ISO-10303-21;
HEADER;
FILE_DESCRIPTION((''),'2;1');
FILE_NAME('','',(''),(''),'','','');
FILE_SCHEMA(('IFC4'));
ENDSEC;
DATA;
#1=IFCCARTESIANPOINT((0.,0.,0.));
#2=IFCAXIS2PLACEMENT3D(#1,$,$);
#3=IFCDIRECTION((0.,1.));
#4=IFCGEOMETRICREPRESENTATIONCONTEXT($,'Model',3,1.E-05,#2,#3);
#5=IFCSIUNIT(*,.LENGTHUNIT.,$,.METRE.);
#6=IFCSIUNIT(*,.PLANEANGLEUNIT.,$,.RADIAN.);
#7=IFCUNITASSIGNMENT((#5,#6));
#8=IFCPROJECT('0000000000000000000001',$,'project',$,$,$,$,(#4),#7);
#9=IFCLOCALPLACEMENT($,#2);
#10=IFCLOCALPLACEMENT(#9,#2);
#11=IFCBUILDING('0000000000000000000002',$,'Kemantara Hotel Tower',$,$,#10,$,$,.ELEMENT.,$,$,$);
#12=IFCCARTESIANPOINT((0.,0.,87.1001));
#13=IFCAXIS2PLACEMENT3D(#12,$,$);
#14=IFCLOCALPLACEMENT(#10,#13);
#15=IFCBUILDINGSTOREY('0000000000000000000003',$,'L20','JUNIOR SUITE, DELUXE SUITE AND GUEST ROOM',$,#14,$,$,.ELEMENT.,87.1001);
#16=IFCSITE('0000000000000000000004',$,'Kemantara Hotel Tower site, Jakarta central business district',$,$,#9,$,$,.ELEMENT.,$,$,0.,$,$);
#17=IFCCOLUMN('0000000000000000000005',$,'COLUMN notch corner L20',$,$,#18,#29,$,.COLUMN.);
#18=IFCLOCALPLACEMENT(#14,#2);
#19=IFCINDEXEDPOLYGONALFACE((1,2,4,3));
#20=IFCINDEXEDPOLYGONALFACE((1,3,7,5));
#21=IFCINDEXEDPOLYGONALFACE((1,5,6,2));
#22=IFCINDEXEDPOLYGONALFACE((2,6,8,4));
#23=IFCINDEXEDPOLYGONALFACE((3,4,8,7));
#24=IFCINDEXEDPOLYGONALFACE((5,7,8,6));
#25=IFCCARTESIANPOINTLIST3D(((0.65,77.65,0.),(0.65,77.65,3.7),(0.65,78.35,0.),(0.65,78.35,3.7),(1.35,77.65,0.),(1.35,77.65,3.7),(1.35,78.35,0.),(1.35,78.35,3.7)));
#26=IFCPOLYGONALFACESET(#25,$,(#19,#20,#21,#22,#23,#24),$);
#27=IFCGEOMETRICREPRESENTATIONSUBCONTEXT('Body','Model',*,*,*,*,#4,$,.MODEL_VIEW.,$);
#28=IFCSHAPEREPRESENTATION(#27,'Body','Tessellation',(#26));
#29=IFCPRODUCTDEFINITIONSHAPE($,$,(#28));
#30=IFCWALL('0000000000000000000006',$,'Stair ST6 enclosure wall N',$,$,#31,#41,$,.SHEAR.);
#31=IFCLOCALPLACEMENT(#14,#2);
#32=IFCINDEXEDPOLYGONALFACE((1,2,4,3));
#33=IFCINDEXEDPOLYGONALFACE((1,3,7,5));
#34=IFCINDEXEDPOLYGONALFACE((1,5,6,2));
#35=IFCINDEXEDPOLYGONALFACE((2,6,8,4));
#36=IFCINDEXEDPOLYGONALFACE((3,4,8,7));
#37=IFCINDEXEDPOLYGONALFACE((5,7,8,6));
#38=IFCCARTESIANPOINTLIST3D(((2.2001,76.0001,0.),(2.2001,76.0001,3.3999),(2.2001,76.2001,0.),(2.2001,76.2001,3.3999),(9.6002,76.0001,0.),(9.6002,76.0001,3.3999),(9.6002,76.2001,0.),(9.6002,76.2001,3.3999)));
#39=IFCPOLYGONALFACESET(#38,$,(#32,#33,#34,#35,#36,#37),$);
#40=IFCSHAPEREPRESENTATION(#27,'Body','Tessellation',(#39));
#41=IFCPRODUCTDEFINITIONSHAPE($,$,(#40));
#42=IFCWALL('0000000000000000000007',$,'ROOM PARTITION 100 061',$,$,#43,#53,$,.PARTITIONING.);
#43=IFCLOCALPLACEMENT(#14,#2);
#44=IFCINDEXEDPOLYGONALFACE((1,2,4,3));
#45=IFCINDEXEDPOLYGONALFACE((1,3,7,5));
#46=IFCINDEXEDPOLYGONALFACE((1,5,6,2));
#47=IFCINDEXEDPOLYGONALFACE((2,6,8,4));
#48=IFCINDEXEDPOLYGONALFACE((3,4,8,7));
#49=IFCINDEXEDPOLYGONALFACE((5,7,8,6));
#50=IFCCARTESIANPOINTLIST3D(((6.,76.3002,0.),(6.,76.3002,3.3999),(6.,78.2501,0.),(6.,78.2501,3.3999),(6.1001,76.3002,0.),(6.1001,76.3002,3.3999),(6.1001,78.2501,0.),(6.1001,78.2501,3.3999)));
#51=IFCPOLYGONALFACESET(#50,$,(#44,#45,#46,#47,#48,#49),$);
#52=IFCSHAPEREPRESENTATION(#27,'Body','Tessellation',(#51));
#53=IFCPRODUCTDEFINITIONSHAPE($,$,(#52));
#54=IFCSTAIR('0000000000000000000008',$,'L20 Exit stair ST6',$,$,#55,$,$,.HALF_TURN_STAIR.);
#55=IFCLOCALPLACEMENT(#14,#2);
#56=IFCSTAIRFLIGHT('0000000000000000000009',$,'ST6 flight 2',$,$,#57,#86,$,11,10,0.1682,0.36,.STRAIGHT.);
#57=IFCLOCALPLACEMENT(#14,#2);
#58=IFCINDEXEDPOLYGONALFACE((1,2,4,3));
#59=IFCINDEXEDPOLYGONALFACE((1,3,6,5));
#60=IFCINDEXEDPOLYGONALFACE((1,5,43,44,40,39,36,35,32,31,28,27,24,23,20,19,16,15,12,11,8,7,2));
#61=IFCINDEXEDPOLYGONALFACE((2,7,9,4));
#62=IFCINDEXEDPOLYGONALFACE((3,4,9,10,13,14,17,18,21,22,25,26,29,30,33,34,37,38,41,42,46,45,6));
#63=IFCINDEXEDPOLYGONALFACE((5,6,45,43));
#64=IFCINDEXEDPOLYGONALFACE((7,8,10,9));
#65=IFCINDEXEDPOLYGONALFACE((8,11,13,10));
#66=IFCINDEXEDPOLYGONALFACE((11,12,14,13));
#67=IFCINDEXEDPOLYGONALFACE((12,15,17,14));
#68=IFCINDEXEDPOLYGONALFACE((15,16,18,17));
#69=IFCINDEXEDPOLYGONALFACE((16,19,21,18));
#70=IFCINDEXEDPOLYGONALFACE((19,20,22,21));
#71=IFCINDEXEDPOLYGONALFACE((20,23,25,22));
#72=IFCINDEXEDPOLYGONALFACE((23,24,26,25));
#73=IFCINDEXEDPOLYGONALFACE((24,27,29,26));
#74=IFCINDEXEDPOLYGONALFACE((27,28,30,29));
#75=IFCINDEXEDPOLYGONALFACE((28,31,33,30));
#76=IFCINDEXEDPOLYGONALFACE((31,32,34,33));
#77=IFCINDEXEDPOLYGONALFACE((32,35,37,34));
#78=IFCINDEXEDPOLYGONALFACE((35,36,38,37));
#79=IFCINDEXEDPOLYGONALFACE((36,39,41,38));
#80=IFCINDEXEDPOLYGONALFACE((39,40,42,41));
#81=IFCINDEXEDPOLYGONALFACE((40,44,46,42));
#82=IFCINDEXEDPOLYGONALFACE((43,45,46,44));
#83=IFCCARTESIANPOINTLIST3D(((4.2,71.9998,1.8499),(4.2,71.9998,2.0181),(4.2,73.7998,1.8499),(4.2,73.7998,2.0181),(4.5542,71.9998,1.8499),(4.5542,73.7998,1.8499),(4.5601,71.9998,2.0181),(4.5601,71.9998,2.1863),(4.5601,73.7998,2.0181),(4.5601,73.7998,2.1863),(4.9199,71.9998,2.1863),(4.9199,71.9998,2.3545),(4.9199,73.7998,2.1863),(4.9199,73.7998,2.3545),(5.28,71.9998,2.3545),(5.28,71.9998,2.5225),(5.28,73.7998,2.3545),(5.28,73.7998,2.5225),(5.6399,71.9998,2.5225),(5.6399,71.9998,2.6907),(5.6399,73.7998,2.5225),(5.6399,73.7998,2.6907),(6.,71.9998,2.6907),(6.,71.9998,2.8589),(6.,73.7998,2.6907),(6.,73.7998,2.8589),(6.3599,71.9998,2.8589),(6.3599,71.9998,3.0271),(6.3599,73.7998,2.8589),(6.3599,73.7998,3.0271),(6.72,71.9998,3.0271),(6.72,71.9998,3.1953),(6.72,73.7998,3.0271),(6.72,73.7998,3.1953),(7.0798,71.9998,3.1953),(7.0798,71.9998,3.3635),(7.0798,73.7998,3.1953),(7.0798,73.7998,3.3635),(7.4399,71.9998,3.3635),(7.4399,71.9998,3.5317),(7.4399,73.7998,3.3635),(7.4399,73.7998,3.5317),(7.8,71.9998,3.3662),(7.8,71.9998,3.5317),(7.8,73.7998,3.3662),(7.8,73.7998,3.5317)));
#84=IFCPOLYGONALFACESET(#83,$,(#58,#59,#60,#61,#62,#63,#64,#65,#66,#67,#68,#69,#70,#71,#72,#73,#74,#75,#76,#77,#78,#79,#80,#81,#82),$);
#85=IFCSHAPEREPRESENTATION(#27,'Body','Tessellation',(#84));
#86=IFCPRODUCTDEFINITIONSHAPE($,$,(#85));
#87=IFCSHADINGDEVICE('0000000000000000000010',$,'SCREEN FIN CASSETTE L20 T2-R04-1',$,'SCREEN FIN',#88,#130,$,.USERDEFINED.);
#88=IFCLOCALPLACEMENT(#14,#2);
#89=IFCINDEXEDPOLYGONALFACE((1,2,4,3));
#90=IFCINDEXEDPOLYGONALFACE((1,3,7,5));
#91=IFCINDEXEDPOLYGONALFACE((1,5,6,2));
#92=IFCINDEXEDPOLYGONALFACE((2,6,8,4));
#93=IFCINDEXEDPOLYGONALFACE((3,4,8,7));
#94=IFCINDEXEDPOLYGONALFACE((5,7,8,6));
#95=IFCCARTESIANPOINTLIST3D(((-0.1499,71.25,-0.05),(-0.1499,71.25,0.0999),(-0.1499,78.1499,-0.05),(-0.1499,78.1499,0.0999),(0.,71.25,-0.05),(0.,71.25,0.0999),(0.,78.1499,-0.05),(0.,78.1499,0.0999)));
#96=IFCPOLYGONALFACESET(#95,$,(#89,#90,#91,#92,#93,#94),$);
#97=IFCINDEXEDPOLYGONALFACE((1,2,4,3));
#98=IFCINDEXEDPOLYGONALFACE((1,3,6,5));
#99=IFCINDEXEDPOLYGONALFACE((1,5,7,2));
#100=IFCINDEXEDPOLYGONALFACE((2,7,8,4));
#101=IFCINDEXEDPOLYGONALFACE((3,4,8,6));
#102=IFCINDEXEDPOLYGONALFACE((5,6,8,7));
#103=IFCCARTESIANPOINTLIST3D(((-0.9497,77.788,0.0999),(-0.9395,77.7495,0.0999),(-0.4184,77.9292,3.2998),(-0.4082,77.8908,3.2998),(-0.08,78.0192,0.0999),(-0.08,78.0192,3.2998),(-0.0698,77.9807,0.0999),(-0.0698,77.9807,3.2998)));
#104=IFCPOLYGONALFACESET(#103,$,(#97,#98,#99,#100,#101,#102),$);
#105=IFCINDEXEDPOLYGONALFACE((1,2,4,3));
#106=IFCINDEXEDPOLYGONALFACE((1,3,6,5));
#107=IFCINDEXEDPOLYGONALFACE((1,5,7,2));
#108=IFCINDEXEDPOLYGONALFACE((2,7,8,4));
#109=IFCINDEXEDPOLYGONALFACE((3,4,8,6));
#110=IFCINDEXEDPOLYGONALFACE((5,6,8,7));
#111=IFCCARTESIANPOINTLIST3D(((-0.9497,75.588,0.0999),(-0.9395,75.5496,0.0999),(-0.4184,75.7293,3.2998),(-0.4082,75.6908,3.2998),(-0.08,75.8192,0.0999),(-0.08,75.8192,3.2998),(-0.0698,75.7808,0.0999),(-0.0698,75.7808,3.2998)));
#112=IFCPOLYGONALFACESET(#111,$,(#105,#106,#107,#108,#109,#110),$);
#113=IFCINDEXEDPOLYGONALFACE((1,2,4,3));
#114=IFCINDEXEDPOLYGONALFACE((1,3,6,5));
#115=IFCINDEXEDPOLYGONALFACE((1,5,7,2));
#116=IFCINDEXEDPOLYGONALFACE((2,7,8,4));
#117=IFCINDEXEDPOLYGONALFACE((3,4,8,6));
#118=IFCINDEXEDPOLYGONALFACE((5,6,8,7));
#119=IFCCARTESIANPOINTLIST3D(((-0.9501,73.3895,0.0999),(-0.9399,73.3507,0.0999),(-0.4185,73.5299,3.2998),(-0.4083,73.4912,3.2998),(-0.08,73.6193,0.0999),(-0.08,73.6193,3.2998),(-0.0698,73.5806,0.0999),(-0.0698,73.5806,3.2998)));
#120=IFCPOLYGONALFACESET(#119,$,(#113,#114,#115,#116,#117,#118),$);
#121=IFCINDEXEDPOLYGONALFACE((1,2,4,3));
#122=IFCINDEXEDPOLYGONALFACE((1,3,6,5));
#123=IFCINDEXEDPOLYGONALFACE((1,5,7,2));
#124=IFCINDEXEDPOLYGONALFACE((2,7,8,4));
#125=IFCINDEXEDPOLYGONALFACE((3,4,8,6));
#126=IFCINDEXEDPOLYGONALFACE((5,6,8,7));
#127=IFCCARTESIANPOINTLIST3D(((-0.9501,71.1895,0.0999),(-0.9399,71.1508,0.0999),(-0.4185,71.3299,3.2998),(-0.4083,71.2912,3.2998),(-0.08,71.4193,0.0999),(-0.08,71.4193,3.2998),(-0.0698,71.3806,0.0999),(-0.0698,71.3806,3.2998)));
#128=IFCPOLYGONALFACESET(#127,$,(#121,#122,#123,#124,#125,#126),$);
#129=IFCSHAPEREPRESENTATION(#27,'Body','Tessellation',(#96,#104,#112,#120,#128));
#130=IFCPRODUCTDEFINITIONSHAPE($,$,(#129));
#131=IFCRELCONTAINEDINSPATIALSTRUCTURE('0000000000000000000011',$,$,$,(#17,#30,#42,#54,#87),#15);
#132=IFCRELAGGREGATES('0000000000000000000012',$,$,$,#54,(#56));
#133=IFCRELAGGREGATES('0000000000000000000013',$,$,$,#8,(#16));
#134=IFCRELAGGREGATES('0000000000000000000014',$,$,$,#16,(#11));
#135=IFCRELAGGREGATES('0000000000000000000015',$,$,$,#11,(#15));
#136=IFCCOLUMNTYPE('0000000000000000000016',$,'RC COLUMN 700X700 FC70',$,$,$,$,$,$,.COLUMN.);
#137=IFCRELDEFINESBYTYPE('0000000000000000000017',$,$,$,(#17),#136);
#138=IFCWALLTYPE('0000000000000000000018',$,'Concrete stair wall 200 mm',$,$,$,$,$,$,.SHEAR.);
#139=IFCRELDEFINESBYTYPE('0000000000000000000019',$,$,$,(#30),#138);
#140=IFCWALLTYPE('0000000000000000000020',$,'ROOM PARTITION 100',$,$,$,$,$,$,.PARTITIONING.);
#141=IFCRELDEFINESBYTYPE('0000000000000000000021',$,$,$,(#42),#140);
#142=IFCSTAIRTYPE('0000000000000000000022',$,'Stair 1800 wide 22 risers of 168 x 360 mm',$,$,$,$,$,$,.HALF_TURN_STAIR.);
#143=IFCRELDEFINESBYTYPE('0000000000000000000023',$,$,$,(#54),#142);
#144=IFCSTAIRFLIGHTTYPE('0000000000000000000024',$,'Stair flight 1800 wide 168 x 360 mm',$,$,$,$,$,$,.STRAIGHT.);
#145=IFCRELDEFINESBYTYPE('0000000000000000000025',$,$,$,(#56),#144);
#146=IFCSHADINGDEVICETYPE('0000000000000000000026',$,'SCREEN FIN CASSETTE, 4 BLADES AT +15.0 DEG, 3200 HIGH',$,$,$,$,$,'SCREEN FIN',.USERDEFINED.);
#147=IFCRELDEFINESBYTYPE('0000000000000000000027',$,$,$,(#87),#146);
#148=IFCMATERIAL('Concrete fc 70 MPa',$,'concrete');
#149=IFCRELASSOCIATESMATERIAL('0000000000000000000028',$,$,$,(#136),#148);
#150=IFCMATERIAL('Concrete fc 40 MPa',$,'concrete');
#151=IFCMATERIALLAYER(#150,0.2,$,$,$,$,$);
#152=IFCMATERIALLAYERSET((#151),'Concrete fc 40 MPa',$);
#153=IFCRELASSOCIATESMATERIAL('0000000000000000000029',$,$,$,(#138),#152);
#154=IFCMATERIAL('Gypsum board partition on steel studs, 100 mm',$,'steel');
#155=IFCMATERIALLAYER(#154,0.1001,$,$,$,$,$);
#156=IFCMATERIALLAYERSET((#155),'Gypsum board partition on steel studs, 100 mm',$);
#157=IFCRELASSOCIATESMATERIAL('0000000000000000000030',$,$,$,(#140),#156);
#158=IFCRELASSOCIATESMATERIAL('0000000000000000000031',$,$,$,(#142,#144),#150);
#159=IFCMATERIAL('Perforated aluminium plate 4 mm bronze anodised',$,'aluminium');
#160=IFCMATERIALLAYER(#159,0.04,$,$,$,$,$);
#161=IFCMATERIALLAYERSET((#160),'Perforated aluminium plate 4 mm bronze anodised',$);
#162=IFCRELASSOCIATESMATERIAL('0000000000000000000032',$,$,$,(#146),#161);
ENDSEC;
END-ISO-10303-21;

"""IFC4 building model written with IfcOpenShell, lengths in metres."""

from ifc_helpers import new_model, si_unit, direction, frame, frame_2d, origin, origin_2d, place, context, subcontext, project, spatial, polyline, rectangle, outline, extrude, source, transform, mapped, material, layer, layer_set, material_profile, profile_set, type_object, element, aggregate, save


model = new_model("IFC4")

# Units and contexts
model_context = context("Model", 3, precision=1e-05, world=origin(), true_north=direction((0.0, 1.0)))
body_context = subcontext(model_context, "Body", "Model", "MODEL_VIEW")
ifc_project = project(units=[si_unit("LENGTHUNIT", "METRE"), si_unit("PLANEANGLEUNIT", "RADIAN")], contexts=[model_context])

# Site, building, storey
site_placement = place(None, origin())
site = spatial("IfcSite", under=ifc_project, at=site_placement, Name="Kemantara Hotel Tower site, Jakarta central business district", CompositionType="ELEMENT", RefElevation=0.0)
building_placement = place(site_placement, origin())
building = spatial("IfcBuilding", under=site, at=building_placement, Name="Kemantara Hotel Tower", CompositionType="ELEMENT")
storey_placement = place(building_placement, frame((0.0, 0.0, 87.1001)))
storey = spatial("IfcBuildingStorey", under=building, at=storey_placement, Name="L20", Description="JUNIOR SUITE, DELUXE SUITE AND GUEST ROOM", CompositionType="ELEMENT", Elevation=87.1001)

# Column
ifc_material_1 = material(Name="Concrete fc 70 MPa", Category="concrete")
ifc_material_profile = material_profile(ifc_material_1, rectangle(XDim=0.7, YDim=0.7, at=origin_2d()), Name="RC 700X700")
ifc_profile_set = profile_set([ifc_material_profile], Name="Concrete fc 70 MPa")
column_type = type_object("IfcColumnType", Name="RC COLUMN 700X700 FC70", PredefinedType="COLUMN", material=ifc_profile_set)
column_placement = place(storey_placement, frame((1.0, 78.0, 0.0), z_axis=(0.0, 0.0, 1.0), x_axis=(1.0, 0.0, 0.0)))
element("IfcColumn", 1, at=column_placement, inside=storey, type_object=column_type, Name="COLUMN notch corner L20", PredefinedType="COLUMN", context=body_context, shape_type="SweptSolid", body=[
    extrude(rectangle(XDim=0.7, YDim=0.7, at=origin_2d()), origin(), (0.0, 0.0, 1.0), 3.7),
])

# Walls
ifc_material_2 = material(Name="Concrete fc 40 MPa", Category="concrete")
ifc_layer_1 = layer(ifc_material_2, 0.2)
ifc_layer_set_1 = layer_set([ifc_layer_1], Name="Concrete fc 40 MPa")
wall_type_1 = type_object("IfcWallType", Name="Concrete stair wall 200 mm", PredefinedType="SHEAR", material=ifc_layer_set_1)
wall_1_placement = place(storey_placement, frame((2.2, 76.1001, 0.0), z_axis=(0.0, 0.0, 1.0), x_axis=(1.0, 0.0, 0.0)))
element("IfcWall", 2, at=wall_1_placement, inside=storey, type_object=wall_type_1, Name="Stair ST6 enclosure wall N", PredefinedType="SHEAR", context=body_context, shape_type="SweptSolid", body=[
    extrude(rectangle(XDim=7.4001, YDim=0.2, at=frame_2d((3.7002, 0.0))), origin(), (0.0, 0.0, 1.0), 3.3999),
])
ifc_material_3 = material(Name="Gypsum board partition on steel studs, 100 mm", Category="steel")
ifc_layer_2 = layer(ifc_material_3, 0.1001)
ifc_layer_set_2 = layer_set([ifc_layer_2], Name="Gypsum board partition on steel studs, 100 mm")
wall_type_2 = type_object("IfcWallType", Name="ROOM PARTITION 100", PredefinedType="PARTITIONING", material=ifc_layer_set_2)
wall_2_placement = place(storey_placement, frame((6.05, 76.3, 0.0), z_axis=(0.0, 0.0, 1.0), x_axis=(0.0, 1.0, 0.0)))
element("IfcWall", 3, at=wall_2_placement, inside=storey, type_object=wall_type_2, Name="ROOM PARTITION 100 061", PredefinedType="PARTITIONING", context=body_context, shape_type="SweptSolid", body=[
    extrude(rectangle(XDim=1.95, YDim=0.1001, at=frame_2d((0.9751, 0.0))), origin(), (0.0, 0.0, 1.0), 3.3999),
])

# Stair, stair flight
stair_type = type_object("IfcStairType", Name="Stair 1800 wide 22 risers of 168 x 360 mm", PredefinedType="HALF_TURN_STAIR", material=ifc_material_2)
stair_placement = place(storey_placement, origin())
stair = element("IfcStair", 4, at=stair_placement, inside=storey, type_object=stair_type, Name="L20 Exit stair ST6", PredefinedType="HALF_TURN_STAIR")
stair_flight_type = type_object("IfcStairFlightType", Name="Stair flight 1800 wide 168 x 360 mm", PredefinedType="STRAIGHT", material=ifc_material_2)
stair_flight_placement = place(storey_placement, frame((4.2, 72.8999, 1.8499), z_axis=(0.0, 0.0, 1.0), x_axis=(1.0, 0.0, 0.0)))
stair_flight = element("IfcStairFlight", 5, at=stair_flight_placement, type_object=stair_flight_type, Name="ST6 flight 2", NumberOfRisers=11, NumberOfTreads=10, PredefinedType="STRAIGHT", RiserHeight=0.1682, TreadLength=0.36, context=body_context, shape_type="SweptSolid", body=[
    extrude(outline(polyline([(0.0, 0.0), (0.0, 0.1682), (0.3601, 0.1682), (0.3601, 0.3364), (0.72, 0.3364), (0.72, 0.5046), (1.0801, 0.5046), (1.0801, 0.6726), (1.4399, 0.6726), (1.4399, 0.8408), (1.8, 0.8408), (1.8, 1.009), (2.1599, 1.009), (2.1599, 1.1772), (2.52, 1.1772), (2.52, 1.3455), (2.8799, 1.3455), (2.8799, 1.5137), (3.24, 1.5137), (3.24, 1.6819), (3.6001, 1.6819), (3.6001, 1.8501), (3.6001, 1.5164), (0.3542, 0.0), (0.0, 0.0)])), frame((0.0, 0.8999, 0.0), z_axis=(0.0, -1.0, 0.0), x_axis=(1.0, 0.0, 0.0)), (0.0, 0.0, 1.0), 1.8),
])
aggregate(stair, [stair_flight])

# Shading device
ifc_material_4 = material(Name="Perforated aluminium plate 4 mm bronze anodised", Category="aluminium")
ifc_layer_3 = layer(ifc_material_4, 0.04)
ifc_layer_set_3 = layer_set([ifc_layer_3], Name="Perforated aluminium plate 4 mm bronze anodised")
shading_device_type = type_object("IfcShadingDeviceType", Name="SCREEN FIN CASSETTE, 4 BLADES AT +15.0 DEG, 3200 HIGH", ElementType="SCREEN FIN", PredefinedType="USERDEFINED", material=ifc_layer_set_3)
shared_shape = source(origin(), body_context, "Body", "SweptSolid", [
    extrude(rectangle(XDim=6.8999, YDim=0.1499, at=origin_2d()), frame((3.3, -0.075, -0.1499), z_axis=(0.0, 0.0, 1.0), x_axis=(1.0, 0.0, 0.0)), (0.0, 0.0, 1.0), 0.1499),
    extrude(outline(polyline([(0.0, 0.0), (0.8999, 0.0), (0.3501, 3.2), (0.0, 3.2), (0.0, 0.0)])), frame((0.0193, -0.0698, 0.0), z_axis=(-0.966438, -0.256901, 0.0), x_axis=(0.256901, -0.966438, 0.0)), (0.0, 0.0, 1.0), 0.0398),
    extrude(outline(polyline([(0.0, 0.0), (0.8999, 0.0), (0.3501, 3.2), (0.0, 3.2), (0.0, 0.0)])), frame((2.2192, -0.0698, 0.0), z_axis=(-0.966438, -0.256901, 0.0), x_axis=(0.256901, -0.966438, 0.0)), (0.0, 0.0, 1.0), 0.0398),
    extrude(outline(polyline([(0.0, 0.0), (0.8999, 0.0), (0.3501, 3.2), (0.0, 3.2), (0.0, 0.0)])), frame((4.4194, -0.0698, 0.0), z_axis=(-0.966838, -0.255391, 0.0), x_axis=(0.255391, -0.966838, 0.0)), (0.0, 0.0, 1.0), 0.04),
    extrude(outline(polyline([(0.0, 0.0), (0.8999, 0.0), (0.3501, 3.2), (0.0, 3.2), (0.0, 0.0)])), frame((6.6194, -0.0698, 0.0), z_axis=(-0.966838, -0.255391, 0.0), x_axis=(0.255391, -0.966838, 0.0)), (0.0, 0.0, 1.0), 0.04),
])
shading_device_placement = place(storey_placement, frame((0.0, 78.0, 0.0999), z_axis=(0.0, 0.0, 1.0), x_axis=(0.0, -1.0, 0.0)))
element("IfcShadingDevice", 6, at=shading_device_placement, inside=storey, type_object=shading_device_type, Name="SCREEN FIN CASSETTE L20 T2-R04-1", ObjectType="SCREEN FIN", PredefinedType="USERDEFINED", context=body_context, shape_type="MappedRepresentation", body=[
    mapped(shared_shape, transform((0.0, 0.0, 0.0))),
])

save(model, "model.ifc")
